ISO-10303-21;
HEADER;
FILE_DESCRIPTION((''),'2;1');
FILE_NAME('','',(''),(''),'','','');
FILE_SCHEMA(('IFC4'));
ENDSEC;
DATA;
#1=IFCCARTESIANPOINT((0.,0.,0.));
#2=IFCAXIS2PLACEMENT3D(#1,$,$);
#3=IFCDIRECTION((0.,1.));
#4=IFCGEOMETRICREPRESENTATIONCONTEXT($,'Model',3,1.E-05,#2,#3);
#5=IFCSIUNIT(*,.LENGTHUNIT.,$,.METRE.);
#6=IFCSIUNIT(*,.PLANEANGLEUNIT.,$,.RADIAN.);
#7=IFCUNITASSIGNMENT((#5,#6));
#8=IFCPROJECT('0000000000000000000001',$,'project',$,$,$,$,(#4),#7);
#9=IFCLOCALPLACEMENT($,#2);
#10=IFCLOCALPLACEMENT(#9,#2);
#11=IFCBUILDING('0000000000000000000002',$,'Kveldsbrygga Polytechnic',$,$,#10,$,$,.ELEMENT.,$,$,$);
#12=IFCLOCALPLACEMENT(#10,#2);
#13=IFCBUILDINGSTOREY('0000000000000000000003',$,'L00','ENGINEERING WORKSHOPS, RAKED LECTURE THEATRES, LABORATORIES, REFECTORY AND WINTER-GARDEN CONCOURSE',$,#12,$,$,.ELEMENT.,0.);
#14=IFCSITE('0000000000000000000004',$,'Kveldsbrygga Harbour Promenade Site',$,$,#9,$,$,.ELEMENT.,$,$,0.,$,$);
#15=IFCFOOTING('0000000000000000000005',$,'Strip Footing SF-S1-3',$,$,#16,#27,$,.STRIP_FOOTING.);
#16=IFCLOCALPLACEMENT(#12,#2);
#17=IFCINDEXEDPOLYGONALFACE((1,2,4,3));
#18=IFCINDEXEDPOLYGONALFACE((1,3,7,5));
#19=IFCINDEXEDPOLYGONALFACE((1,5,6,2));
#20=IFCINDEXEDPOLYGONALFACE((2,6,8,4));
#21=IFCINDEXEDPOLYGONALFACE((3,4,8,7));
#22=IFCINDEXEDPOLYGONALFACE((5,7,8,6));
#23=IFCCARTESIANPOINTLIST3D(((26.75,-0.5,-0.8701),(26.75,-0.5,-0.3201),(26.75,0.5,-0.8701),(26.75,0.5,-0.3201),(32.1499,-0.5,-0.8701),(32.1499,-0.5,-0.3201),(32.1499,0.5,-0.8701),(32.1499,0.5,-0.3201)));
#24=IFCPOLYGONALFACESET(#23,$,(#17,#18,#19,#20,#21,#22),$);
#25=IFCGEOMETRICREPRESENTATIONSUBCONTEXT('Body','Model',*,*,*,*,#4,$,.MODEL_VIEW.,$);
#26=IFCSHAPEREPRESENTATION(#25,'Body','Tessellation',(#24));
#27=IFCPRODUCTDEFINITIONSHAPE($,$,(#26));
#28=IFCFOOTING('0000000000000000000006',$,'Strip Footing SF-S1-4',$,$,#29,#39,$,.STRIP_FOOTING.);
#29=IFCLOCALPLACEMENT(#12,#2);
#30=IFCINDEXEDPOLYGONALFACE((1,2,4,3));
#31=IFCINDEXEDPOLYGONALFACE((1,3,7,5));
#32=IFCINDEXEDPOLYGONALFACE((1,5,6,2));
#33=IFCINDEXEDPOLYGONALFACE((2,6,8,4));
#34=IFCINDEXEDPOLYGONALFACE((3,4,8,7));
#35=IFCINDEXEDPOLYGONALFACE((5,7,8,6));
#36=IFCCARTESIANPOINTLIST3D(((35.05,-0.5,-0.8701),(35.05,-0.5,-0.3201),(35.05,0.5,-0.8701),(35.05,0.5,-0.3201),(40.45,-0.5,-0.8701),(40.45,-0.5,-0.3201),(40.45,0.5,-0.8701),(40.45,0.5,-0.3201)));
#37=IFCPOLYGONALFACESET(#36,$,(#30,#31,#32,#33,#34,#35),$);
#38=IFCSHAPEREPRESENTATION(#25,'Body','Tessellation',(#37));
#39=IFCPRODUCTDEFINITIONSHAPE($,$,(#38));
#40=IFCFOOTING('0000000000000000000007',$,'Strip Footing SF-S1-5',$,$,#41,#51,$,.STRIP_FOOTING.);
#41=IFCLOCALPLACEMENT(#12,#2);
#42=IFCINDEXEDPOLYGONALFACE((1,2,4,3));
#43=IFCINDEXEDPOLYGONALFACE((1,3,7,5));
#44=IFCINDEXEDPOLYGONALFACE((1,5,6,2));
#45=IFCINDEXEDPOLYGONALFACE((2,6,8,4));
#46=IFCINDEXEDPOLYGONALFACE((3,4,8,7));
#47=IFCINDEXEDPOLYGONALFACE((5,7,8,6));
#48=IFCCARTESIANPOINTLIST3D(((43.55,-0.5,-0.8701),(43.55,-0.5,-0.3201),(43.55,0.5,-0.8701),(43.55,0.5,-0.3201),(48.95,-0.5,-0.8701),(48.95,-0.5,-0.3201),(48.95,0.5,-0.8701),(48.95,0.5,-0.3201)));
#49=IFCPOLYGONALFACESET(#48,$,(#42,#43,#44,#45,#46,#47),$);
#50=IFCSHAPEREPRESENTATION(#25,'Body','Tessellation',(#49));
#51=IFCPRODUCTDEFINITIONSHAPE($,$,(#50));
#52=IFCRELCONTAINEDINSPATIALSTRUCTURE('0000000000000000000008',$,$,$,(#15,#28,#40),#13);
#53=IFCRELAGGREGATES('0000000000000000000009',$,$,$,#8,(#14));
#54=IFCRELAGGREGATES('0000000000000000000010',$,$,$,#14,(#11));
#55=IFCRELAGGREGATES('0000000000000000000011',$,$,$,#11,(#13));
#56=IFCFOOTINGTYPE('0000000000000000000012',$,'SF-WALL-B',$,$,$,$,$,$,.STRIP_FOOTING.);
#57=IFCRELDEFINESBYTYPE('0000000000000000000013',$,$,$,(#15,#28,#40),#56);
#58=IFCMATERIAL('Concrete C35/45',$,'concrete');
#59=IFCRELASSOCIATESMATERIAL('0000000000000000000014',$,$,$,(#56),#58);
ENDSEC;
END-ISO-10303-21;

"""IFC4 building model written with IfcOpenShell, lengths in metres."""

from ifc_helpers import new_model, si_unit, direction, frame, origin, place, context, subcontext, project, spatial, polyline, outline, extrude, material, type_object, element, save


model = new_model("IFC4")

# Units and contexts
model_context = context("Model", 3, precision=1e-05, world=origin(), true_north=direction((0.0, 1.0)))
body_context = subcontext(model_context, "Body", "Model", "MODEL_VIEW")
ifc_project = project(units=[si_unit("LENGTHUNIT", "METRE"), si_unit("PLANEANGLEUNIT", "RADIAN")], contexts=[model_context])

# Site, building, storey
site_placement = place(None, origin())
site = spatial("IfcSite", under=ifc_project, at=site_placement, Name="Kveldsbrygga Harbour Promenade Site", CompositionType="ELEMENT", RefElevation=0.0)
building_placement = place(site_placement, origin())
building = spatial("IfcBuilding", under=site, at=building_placement, Name="Kveldsbrygga Polytechnic", CompositionType="ELEMENT")
storey_placement = place(building_placement, origin())
storey = spatial("IfcBuildingStorey", under=building, at=storey_placement, Name="L00", Description="ENGINEERING WORKSHOPS, RAKED LECTURE THEATRES, LABORATORIES, REFECTORY AND WINTER-GARDEN CONCOURSE", CompositionType="ELEMENT", Elevation=0.0)

# Footings
ifc_material_1 = material(Name="Concrete C35/45", Category="concrete")
footing_type_1 = type_object("IfcFootingType", Name="SF-WALL-B", PredefinedType="STRIP_FOOTING", material=ifc_material_1)
footing_1_placement = place(storey_placement, frame((0.0, 0.0, -0.8701)))
element("IfcFooting", 1, at=footing_1_placement, inside=storey, type_object=footing_type_1, Name="Strip Footing SF-S1-3", PredefinedType="STRIP_FOOTING", context=body_context, shape_type="SweptSolid", body=[
    extrude(outline(polyline([(26.75, -0.5), (32.1499, -0.5), (32.1499, 0.5), (26.75, 0.5), (26.75, -0.5)])), origin(), (0.0, 0.0, 1.0), 0.55),
])
footing_2_placement = place(storey_placement, frame((0.0, 0.0, -0.8701)))
element("IfcFooting", 2, at=footing_2_placement, inside=storey, type_object=footing_type_1, Name="Strip Footing SF-S1-4", PredefinedType="STRIP_FOOTING", context=body_context, shape_type="SweptSolid", body=[
    extrude(outline(polyline([(35.05, -0.5), (40.45, -0.5), (40.45, 0.5), (35.05, 0.5), (35.05, -0.5)])), origin(), (0.0, 0.0, 1.0), 0.55),
])
footing_3_placement = place(storey_placement, frame((0.0, 0.0, -0.8701)))
element("IfcFooting", 3, at=footing_3_placement, inside=storey, type_object=footing_type_1, Name="Strip Footing SF-S1-5", PredefinedType="STRIP_FOOTING", context=body_context, shape_type="SweptSolid", body=[
    extrude(outline(polyline([(43.55, -0.5), (48.95, -0.5), (48.95, 0.5), (43.55, 0.5), (43.55, -0.5)])), origin(), (0.0, 0.0, 1.0), 0.55),
])

save(model, "model.ifc")
